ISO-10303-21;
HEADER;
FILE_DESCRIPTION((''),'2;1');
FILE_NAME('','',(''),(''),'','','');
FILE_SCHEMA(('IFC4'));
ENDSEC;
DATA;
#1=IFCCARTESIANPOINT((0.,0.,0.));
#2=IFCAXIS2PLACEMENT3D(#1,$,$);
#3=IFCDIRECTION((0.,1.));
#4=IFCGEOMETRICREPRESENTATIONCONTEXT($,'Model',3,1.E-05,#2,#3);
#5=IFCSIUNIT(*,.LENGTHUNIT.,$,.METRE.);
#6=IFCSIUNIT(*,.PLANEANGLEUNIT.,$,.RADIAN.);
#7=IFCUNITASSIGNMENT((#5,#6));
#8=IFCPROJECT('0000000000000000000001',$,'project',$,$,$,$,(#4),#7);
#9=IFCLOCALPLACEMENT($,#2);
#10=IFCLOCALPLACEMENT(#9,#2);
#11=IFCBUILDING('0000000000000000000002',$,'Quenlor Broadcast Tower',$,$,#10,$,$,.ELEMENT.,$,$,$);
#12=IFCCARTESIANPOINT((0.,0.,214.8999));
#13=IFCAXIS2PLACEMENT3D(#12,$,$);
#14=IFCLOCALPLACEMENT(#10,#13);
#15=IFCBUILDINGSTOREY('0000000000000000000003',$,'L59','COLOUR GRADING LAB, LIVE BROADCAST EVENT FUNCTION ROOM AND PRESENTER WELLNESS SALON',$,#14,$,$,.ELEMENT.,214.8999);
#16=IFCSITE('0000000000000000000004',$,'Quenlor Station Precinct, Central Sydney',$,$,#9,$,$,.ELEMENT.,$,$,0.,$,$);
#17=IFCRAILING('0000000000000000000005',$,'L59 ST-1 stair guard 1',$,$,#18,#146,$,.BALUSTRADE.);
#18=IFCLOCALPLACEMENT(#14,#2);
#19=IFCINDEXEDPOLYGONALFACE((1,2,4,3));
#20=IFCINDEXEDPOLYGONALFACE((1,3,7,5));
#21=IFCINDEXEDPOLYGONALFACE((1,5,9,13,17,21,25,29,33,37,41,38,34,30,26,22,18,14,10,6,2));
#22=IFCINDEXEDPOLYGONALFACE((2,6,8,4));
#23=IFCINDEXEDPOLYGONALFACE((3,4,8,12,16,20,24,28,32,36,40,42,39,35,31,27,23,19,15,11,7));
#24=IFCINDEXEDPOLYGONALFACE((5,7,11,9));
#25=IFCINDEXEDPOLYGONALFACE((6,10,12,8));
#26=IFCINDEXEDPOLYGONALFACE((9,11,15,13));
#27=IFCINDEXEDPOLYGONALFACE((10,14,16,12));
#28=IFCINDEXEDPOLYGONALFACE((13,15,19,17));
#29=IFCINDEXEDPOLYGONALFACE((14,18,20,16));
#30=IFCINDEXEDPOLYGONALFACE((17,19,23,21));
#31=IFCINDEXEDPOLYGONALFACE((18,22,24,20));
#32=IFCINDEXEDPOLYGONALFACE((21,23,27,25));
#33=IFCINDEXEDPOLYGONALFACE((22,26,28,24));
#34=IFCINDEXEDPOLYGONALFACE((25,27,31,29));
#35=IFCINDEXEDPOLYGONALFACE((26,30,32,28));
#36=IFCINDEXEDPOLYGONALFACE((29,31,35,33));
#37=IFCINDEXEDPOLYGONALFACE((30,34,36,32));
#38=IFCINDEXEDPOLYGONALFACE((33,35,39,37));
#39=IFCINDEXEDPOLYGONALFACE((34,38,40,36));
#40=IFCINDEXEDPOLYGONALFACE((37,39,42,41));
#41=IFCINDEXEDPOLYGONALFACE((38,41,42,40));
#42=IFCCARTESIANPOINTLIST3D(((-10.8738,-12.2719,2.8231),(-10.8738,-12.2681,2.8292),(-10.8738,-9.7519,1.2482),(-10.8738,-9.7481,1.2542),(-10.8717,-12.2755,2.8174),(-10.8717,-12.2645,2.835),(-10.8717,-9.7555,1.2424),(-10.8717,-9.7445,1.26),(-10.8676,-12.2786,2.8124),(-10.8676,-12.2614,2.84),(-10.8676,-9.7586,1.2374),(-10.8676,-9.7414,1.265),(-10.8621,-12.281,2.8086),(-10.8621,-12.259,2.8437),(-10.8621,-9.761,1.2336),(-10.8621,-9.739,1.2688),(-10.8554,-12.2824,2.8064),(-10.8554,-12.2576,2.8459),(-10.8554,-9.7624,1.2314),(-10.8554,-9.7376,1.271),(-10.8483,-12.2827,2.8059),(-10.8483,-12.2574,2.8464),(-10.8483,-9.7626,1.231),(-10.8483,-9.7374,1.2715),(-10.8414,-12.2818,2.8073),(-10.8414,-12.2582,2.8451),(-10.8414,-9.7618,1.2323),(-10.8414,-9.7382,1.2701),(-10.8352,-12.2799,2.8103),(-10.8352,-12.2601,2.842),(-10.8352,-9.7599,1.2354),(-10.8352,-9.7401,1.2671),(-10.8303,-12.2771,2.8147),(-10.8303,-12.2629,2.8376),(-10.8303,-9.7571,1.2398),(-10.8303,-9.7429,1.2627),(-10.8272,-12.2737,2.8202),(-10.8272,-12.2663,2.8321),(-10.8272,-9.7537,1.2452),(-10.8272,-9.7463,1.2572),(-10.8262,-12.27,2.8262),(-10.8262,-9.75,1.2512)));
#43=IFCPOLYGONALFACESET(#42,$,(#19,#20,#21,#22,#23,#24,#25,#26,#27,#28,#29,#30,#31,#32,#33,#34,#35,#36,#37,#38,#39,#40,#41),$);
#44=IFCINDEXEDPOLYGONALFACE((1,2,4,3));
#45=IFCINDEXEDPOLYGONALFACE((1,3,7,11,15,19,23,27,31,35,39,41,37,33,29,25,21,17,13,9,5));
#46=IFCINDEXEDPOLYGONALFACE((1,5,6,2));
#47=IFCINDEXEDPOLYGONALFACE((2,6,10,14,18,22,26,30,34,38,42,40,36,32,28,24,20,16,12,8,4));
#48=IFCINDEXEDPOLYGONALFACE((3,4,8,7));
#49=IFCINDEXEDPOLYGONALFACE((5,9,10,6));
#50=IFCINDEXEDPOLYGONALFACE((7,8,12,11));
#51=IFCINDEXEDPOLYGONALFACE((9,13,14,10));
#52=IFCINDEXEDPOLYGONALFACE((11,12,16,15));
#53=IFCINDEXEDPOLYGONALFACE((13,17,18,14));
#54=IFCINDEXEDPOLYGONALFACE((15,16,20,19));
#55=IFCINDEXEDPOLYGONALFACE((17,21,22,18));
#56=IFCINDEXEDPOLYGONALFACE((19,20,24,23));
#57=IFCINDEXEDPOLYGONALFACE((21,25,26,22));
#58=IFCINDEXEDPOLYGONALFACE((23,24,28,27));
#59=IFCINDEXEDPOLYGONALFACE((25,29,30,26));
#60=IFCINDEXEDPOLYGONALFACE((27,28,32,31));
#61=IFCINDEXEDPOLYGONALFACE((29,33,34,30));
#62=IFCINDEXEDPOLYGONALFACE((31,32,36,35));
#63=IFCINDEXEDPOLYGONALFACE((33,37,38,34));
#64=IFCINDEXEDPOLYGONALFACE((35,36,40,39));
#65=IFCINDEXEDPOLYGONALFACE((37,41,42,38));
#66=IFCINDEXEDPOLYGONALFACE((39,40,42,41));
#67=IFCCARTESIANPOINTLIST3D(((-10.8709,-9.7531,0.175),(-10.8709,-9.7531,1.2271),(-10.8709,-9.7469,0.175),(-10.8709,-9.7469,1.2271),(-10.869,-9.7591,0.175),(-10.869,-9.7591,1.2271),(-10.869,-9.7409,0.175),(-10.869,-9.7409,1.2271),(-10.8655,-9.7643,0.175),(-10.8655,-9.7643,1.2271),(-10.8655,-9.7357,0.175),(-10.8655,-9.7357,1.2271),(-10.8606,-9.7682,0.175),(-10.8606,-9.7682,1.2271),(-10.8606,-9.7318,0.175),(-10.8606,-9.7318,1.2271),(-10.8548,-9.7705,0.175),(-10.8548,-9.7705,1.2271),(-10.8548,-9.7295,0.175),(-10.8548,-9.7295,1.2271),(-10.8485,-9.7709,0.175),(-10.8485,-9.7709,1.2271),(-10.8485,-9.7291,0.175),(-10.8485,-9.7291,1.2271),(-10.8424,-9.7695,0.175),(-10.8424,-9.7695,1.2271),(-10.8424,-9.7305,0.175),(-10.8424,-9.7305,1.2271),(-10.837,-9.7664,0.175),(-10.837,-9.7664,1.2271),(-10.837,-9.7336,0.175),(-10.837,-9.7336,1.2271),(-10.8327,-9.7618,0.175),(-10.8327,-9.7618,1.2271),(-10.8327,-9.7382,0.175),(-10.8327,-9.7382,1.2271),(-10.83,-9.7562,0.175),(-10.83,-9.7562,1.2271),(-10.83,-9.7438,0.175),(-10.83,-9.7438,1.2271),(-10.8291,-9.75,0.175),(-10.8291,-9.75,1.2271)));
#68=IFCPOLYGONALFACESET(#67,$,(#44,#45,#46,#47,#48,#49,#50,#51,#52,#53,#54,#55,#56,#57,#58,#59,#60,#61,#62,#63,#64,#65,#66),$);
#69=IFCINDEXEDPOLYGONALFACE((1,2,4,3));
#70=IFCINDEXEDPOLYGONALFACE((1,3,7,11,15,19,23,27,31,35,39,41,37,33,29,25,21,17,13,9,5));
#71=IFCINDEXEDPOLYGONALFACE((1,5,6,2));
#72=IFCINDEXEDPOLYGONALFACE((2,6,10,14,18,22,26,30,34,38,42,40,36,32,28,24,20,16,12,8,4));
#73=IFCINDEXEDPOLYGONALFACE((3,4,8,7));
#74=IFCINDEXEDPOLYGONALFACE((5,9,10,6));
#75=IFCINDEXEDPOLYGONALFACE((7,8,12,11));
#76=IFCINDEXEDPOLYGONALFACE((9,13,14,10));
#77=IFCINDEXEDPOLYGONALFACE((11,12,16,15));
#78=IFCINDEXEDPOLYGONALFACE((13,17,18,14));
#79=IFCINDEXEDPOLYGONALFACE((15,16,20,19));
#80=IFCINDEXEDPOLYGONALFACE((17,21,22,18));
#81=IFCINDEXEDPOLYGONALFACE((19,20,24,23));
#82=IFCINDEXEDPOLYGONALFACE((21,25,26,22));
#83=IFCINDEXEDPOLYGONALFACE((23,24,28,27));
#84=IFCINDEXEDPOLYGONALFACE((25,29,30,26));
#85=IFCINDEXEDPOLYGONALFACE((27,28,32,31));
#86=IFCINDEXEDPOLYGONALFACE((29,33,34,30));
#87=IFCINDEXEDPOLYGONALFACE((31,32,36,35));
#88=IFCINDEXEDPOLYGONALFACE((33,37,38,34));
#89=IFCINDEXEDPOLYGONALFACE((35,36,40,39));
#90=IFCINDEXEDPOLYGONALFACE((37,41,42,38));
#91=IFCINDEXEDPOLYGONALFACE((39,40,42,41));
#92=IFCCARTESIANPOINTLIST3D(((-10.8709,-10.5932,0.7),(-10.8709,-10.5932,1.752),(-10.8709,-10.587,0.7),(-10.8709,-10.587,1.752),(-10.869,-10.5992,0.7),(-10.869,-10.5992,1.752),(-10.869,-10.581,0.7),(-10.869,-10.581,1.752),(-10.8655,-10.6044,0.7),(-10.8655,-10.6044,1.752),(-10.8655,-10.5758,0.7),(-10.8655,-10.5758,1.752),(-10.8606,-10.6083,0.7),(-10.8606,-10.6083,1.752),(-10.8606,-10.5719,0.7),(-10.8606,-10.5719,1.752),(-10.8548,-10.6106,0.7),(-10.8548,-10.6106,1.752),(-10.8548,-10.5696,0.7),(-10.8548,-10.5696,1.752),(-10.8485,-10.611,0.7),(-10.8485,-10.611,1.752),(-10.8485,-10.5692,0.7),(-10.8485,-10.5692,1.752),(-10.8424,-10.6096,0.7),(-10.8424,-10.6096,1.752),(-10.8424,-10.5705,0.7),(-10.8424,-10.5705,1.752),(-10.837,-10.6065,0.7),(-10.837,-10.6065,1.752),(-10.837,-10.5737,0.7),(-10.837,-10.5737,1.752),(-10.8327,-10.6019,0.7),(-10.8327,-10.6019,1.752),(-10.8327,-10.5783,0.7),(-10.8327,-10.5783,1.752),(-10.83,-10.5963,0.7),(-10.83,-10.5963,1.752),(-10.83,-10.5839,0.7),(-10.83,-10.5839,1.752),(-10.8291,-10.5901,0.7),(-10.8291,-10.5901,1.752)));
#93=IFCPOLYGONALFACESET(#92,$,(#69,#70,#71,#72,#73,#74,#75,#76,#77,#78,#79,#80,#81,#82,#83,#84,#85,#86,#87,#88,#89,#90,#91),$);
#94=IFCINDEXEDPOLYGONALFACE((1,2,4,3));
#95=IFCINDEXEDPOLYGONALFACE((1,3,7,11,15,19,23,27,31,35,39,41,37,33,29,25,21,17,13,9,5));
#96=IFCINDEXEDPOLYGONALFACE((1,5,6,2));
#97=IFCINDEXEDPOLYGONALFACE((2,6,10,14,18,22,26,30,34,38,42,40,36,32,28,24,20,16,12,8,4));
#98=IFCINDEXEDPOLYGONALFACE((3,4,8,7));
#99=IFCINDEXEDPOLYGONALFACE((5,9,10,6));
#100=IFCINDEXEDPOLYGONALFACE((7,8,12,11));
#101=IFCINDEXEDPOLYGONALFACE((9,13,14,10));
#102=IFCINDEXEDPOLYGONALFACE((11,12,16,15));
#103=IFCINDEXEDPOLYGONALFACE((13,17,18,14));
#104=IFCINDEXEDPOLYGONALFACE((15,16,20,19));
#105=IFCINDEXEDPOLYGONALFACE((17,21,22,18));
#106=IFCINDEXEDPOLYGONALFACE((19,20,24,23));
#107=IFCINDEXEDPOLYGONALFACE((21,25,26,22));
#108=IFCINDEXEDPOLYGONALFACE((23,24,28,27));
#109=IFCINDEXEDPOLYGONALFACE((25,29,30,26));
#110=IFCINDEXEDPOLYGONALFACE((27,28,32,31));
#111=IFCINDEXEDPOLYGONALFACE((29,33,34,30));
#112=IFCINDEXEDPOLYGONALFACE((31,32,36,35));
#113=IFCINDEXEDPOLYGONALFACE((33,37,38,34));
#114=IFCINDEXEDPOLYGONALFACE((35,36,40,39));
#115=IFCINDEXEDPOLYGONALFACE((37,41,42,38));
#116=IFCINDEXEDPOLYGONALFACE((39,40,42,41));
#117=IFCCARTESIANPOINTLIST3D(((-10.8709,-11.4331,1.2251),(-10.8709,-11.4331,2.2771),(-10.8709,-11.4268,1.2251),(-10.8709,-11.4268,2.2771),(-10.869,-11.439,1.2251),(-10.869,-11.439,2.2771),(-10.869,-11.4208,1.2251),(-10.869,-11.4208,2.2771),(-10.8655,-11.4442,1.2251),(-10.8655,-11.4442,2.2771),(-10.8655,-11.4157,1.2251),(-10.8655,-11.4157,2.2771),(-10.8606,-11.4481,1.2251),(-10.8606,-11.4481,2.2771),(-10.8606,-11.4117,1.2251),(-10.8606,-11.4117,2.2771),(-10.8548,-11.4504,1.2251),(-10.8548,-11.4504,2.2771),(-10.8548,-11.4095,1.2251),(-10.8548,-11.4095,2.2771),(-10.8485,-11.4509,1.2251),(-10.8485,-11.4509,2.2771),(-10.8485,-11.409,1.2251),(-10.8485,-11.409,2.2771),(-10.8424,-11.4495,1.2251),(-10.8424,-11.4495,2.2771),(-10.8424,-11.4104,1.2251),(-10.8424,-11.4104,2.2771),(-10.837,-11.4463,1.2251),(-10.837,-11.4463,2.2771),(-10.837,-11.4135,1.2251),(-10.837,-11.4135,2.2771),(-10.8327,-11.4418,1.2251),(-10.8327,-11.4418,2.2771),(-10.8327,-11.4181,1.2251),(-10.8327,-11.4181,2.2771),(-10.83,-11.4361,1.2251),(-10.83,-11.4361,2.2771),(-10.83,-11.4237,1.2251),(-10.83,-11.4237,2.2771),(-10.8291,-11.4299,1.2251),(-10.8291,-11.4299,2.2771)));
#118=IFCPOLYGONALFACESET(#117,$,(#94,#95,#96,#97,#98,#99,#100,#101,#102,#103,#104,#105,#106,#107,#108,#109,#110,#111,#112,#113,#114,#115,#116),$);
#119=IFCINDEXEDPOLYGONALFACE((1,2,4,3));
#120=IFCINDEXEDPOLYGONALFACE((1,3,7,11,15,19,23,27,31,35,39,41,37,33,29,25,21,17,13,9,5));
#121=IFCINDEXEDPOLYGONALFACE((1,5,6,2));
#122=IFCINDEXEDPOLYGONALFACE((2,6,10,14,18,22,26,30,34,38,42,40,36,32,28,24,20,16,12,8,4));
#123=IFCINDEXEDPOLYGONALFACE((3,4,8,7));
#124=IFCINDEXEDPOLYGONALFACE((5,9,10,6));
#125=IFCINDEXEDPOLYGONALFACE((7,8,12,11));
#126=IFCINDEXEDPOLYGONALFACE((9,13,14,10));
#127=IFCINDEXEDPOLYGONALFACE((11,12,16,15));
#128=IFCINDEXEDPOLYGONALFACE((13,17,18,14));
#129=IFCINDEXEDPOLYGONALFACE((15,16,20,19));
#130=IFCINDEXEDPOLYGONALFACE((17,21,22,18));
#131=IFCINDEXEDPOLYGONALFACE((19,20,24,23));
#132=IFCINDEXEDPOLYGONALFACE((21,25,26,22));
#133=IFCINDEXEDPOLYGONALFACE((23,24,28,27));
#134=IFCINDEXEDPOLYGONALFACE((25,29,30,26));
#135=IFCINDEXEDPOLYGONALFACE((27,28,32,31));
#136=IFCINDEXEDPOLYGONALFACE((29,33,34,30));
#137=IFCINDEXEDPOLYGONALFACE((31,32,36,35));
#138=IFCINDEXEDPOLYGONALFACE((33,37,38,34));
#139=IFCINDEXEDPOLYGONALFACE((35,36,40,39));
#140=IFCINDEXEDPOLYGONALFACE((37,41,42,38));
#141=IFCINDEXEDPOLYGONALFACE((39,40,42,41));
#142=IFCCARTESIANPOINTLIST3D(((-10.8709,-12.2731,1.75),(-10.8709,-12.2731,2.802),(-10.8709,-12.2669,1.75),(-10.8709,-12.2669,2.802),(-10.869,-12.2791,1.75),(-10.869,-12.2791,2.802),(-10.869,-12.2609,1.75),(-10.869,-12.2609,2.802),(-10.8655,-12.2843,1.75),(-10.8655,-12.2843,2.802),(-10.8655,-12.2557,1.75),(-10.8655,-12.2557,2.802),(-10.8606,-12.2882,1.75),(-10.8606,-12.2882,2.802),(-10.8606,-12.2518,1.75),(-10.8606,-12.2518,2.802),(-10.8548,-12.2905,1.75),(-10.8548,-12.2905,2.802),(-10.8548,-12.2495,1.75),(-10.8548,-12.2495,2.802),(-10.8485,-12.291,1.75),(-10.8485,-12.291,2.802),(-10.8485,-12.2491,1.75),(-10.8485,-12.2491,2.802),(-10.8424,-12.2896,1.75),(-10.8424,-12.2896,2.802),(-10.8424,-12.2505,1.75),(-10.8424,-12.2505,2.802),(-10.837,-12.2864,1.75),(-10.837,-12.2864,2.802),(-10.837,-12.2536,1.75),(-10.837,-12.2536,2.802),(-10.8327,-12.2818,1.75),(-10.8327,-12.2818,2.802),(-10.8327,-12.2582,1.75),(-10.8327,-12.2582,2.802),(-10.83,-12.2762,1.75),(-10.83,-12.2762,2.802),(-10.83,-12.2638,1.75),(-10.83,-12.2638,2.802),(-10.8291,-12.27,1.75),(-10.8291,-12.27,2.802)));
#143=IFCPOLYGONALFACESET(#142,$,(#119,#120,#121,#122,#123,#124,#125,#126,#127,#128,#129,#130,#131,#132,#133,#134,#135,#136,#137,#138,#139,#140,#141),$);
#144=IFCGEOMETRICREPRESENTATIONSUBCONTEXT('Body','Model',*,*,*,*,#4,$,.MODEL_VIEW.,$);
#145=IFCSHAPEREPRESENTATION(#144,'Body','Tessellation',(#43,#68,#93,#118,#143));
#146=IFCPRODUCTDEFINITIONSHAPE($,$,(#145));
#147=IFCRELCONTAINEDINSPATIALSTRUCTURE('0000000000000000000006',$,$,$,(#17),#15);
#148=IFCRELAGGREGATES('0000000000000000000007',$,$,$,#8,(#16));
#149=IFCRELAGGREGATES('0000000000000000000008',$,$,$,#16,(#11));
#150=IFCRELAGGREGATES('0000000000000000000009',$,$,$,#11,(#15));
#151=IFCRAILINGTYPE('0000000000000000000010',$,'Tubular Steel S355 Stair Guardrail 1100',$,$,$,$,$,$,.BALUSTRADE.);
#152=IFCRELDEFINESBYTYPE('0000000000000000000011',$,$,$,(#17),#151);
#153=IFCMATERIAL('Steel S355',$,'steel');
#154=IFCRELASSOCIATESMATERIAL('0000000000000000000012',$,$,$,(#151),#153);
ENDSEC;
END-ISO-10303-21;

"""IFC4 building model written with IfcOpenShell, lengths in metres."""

from ifc_helpers import new_model, si_unit, direction, frame, origin, origin_2d, place, context, subcontext, project, spatial, circle, extrude, material, type_object, element, save


model = new_model("IFC4")

# Units and contexts
model_context = context("Model", 3, precision=1e-05, world=origin(), true_north=direction((0.0, 1.0)))
body_context = subcontext(model_context, "Body", "Model", "MODEL_VIEW")
ifc_project = project(units=[si_unit("LENGTHUNIT", "METRE"), si_unit("PLANEANGLEUNIT", "RADIAN")], contexts=[model_context])

# Site, building, storey
site_placement = place(None, origin())
site = spatial("IfcSite", under=ifc_project, at=site_placement, Name="Quenlor Station Precinct, Central Sydney", CompositionType="ELEMENT", RefElevation=0.0)
building_placement = place(site_placement, origin())
building = spatial("IfcBuilding", under=site, at=building_placement, Name="Quenlor Broadcast Tower", CompositionType="ELEMENT")
storey_placement = place(building_placement, frame((0.0, 0.0, 214.8999)))
storey = spatial("IfcBuildingStorey", under=building, at=storey_placement, Name="L59", Description="COLOUR GRADING LAB, LIVE BROADCAST EVENT FUNCTION ROOM AND PRESENTER WELLNESS SALON", CompositionType="ELEMENT", Elevation=214.8999)

# Railing
ifc_material_1 = material(Name="Steel S355", Category="steel")
railing_type_1 = type_object("IfcRailingType", Name="Tubular Steel S355 Stair Guardrail 1100", PredefinedType="BALUSTRADE", material=ifc_material_1)
railing_1_placement = place(storey_placement, frame((-10.8501, -9.75, 0.175)))
element("IfcRailing", 1, at=railing_1_placement, inside=storey, type_object=railing_type_1, Name="L59 ST-1 stair guard 1", PredefinedType="BALUSTRADE", context=body_context, shape_type="SweptSolid", body=[
    extrude(circle(Radius=0.0239, at=origin_2d()), frame((0.0, 0.0, 1.0762), z_axis=(0.0, -0.848008, 0.529984), x_axis=(1.0, 0.0, 0.0)), (0.0, 0.0, 1.0), 2.9717),
    extrude(circle(Radius=0.021, at=origin_2d()), origin(), (0.0, 0.0, 1.0), 1.052),
    extrude(circle(Radius=0.021, at=origin_2d()), frame((0.0, -0.8401, 0.5249)), (0.0, 0.0, 1.0), 1.052),
    extrude(circle(Radius=0.021, at=origin_2d()), frame((0.0, -1.6799, 1.05)), (0.0, 0.0, 1.0), 1.052),
    extrude(circle(Radius=0.021, at=origin_2d()), frame((0.0, -2.52, 1.575)), (0.0, 0.0, 1.0), 1.052),
])

save(model, "model.ifc")
